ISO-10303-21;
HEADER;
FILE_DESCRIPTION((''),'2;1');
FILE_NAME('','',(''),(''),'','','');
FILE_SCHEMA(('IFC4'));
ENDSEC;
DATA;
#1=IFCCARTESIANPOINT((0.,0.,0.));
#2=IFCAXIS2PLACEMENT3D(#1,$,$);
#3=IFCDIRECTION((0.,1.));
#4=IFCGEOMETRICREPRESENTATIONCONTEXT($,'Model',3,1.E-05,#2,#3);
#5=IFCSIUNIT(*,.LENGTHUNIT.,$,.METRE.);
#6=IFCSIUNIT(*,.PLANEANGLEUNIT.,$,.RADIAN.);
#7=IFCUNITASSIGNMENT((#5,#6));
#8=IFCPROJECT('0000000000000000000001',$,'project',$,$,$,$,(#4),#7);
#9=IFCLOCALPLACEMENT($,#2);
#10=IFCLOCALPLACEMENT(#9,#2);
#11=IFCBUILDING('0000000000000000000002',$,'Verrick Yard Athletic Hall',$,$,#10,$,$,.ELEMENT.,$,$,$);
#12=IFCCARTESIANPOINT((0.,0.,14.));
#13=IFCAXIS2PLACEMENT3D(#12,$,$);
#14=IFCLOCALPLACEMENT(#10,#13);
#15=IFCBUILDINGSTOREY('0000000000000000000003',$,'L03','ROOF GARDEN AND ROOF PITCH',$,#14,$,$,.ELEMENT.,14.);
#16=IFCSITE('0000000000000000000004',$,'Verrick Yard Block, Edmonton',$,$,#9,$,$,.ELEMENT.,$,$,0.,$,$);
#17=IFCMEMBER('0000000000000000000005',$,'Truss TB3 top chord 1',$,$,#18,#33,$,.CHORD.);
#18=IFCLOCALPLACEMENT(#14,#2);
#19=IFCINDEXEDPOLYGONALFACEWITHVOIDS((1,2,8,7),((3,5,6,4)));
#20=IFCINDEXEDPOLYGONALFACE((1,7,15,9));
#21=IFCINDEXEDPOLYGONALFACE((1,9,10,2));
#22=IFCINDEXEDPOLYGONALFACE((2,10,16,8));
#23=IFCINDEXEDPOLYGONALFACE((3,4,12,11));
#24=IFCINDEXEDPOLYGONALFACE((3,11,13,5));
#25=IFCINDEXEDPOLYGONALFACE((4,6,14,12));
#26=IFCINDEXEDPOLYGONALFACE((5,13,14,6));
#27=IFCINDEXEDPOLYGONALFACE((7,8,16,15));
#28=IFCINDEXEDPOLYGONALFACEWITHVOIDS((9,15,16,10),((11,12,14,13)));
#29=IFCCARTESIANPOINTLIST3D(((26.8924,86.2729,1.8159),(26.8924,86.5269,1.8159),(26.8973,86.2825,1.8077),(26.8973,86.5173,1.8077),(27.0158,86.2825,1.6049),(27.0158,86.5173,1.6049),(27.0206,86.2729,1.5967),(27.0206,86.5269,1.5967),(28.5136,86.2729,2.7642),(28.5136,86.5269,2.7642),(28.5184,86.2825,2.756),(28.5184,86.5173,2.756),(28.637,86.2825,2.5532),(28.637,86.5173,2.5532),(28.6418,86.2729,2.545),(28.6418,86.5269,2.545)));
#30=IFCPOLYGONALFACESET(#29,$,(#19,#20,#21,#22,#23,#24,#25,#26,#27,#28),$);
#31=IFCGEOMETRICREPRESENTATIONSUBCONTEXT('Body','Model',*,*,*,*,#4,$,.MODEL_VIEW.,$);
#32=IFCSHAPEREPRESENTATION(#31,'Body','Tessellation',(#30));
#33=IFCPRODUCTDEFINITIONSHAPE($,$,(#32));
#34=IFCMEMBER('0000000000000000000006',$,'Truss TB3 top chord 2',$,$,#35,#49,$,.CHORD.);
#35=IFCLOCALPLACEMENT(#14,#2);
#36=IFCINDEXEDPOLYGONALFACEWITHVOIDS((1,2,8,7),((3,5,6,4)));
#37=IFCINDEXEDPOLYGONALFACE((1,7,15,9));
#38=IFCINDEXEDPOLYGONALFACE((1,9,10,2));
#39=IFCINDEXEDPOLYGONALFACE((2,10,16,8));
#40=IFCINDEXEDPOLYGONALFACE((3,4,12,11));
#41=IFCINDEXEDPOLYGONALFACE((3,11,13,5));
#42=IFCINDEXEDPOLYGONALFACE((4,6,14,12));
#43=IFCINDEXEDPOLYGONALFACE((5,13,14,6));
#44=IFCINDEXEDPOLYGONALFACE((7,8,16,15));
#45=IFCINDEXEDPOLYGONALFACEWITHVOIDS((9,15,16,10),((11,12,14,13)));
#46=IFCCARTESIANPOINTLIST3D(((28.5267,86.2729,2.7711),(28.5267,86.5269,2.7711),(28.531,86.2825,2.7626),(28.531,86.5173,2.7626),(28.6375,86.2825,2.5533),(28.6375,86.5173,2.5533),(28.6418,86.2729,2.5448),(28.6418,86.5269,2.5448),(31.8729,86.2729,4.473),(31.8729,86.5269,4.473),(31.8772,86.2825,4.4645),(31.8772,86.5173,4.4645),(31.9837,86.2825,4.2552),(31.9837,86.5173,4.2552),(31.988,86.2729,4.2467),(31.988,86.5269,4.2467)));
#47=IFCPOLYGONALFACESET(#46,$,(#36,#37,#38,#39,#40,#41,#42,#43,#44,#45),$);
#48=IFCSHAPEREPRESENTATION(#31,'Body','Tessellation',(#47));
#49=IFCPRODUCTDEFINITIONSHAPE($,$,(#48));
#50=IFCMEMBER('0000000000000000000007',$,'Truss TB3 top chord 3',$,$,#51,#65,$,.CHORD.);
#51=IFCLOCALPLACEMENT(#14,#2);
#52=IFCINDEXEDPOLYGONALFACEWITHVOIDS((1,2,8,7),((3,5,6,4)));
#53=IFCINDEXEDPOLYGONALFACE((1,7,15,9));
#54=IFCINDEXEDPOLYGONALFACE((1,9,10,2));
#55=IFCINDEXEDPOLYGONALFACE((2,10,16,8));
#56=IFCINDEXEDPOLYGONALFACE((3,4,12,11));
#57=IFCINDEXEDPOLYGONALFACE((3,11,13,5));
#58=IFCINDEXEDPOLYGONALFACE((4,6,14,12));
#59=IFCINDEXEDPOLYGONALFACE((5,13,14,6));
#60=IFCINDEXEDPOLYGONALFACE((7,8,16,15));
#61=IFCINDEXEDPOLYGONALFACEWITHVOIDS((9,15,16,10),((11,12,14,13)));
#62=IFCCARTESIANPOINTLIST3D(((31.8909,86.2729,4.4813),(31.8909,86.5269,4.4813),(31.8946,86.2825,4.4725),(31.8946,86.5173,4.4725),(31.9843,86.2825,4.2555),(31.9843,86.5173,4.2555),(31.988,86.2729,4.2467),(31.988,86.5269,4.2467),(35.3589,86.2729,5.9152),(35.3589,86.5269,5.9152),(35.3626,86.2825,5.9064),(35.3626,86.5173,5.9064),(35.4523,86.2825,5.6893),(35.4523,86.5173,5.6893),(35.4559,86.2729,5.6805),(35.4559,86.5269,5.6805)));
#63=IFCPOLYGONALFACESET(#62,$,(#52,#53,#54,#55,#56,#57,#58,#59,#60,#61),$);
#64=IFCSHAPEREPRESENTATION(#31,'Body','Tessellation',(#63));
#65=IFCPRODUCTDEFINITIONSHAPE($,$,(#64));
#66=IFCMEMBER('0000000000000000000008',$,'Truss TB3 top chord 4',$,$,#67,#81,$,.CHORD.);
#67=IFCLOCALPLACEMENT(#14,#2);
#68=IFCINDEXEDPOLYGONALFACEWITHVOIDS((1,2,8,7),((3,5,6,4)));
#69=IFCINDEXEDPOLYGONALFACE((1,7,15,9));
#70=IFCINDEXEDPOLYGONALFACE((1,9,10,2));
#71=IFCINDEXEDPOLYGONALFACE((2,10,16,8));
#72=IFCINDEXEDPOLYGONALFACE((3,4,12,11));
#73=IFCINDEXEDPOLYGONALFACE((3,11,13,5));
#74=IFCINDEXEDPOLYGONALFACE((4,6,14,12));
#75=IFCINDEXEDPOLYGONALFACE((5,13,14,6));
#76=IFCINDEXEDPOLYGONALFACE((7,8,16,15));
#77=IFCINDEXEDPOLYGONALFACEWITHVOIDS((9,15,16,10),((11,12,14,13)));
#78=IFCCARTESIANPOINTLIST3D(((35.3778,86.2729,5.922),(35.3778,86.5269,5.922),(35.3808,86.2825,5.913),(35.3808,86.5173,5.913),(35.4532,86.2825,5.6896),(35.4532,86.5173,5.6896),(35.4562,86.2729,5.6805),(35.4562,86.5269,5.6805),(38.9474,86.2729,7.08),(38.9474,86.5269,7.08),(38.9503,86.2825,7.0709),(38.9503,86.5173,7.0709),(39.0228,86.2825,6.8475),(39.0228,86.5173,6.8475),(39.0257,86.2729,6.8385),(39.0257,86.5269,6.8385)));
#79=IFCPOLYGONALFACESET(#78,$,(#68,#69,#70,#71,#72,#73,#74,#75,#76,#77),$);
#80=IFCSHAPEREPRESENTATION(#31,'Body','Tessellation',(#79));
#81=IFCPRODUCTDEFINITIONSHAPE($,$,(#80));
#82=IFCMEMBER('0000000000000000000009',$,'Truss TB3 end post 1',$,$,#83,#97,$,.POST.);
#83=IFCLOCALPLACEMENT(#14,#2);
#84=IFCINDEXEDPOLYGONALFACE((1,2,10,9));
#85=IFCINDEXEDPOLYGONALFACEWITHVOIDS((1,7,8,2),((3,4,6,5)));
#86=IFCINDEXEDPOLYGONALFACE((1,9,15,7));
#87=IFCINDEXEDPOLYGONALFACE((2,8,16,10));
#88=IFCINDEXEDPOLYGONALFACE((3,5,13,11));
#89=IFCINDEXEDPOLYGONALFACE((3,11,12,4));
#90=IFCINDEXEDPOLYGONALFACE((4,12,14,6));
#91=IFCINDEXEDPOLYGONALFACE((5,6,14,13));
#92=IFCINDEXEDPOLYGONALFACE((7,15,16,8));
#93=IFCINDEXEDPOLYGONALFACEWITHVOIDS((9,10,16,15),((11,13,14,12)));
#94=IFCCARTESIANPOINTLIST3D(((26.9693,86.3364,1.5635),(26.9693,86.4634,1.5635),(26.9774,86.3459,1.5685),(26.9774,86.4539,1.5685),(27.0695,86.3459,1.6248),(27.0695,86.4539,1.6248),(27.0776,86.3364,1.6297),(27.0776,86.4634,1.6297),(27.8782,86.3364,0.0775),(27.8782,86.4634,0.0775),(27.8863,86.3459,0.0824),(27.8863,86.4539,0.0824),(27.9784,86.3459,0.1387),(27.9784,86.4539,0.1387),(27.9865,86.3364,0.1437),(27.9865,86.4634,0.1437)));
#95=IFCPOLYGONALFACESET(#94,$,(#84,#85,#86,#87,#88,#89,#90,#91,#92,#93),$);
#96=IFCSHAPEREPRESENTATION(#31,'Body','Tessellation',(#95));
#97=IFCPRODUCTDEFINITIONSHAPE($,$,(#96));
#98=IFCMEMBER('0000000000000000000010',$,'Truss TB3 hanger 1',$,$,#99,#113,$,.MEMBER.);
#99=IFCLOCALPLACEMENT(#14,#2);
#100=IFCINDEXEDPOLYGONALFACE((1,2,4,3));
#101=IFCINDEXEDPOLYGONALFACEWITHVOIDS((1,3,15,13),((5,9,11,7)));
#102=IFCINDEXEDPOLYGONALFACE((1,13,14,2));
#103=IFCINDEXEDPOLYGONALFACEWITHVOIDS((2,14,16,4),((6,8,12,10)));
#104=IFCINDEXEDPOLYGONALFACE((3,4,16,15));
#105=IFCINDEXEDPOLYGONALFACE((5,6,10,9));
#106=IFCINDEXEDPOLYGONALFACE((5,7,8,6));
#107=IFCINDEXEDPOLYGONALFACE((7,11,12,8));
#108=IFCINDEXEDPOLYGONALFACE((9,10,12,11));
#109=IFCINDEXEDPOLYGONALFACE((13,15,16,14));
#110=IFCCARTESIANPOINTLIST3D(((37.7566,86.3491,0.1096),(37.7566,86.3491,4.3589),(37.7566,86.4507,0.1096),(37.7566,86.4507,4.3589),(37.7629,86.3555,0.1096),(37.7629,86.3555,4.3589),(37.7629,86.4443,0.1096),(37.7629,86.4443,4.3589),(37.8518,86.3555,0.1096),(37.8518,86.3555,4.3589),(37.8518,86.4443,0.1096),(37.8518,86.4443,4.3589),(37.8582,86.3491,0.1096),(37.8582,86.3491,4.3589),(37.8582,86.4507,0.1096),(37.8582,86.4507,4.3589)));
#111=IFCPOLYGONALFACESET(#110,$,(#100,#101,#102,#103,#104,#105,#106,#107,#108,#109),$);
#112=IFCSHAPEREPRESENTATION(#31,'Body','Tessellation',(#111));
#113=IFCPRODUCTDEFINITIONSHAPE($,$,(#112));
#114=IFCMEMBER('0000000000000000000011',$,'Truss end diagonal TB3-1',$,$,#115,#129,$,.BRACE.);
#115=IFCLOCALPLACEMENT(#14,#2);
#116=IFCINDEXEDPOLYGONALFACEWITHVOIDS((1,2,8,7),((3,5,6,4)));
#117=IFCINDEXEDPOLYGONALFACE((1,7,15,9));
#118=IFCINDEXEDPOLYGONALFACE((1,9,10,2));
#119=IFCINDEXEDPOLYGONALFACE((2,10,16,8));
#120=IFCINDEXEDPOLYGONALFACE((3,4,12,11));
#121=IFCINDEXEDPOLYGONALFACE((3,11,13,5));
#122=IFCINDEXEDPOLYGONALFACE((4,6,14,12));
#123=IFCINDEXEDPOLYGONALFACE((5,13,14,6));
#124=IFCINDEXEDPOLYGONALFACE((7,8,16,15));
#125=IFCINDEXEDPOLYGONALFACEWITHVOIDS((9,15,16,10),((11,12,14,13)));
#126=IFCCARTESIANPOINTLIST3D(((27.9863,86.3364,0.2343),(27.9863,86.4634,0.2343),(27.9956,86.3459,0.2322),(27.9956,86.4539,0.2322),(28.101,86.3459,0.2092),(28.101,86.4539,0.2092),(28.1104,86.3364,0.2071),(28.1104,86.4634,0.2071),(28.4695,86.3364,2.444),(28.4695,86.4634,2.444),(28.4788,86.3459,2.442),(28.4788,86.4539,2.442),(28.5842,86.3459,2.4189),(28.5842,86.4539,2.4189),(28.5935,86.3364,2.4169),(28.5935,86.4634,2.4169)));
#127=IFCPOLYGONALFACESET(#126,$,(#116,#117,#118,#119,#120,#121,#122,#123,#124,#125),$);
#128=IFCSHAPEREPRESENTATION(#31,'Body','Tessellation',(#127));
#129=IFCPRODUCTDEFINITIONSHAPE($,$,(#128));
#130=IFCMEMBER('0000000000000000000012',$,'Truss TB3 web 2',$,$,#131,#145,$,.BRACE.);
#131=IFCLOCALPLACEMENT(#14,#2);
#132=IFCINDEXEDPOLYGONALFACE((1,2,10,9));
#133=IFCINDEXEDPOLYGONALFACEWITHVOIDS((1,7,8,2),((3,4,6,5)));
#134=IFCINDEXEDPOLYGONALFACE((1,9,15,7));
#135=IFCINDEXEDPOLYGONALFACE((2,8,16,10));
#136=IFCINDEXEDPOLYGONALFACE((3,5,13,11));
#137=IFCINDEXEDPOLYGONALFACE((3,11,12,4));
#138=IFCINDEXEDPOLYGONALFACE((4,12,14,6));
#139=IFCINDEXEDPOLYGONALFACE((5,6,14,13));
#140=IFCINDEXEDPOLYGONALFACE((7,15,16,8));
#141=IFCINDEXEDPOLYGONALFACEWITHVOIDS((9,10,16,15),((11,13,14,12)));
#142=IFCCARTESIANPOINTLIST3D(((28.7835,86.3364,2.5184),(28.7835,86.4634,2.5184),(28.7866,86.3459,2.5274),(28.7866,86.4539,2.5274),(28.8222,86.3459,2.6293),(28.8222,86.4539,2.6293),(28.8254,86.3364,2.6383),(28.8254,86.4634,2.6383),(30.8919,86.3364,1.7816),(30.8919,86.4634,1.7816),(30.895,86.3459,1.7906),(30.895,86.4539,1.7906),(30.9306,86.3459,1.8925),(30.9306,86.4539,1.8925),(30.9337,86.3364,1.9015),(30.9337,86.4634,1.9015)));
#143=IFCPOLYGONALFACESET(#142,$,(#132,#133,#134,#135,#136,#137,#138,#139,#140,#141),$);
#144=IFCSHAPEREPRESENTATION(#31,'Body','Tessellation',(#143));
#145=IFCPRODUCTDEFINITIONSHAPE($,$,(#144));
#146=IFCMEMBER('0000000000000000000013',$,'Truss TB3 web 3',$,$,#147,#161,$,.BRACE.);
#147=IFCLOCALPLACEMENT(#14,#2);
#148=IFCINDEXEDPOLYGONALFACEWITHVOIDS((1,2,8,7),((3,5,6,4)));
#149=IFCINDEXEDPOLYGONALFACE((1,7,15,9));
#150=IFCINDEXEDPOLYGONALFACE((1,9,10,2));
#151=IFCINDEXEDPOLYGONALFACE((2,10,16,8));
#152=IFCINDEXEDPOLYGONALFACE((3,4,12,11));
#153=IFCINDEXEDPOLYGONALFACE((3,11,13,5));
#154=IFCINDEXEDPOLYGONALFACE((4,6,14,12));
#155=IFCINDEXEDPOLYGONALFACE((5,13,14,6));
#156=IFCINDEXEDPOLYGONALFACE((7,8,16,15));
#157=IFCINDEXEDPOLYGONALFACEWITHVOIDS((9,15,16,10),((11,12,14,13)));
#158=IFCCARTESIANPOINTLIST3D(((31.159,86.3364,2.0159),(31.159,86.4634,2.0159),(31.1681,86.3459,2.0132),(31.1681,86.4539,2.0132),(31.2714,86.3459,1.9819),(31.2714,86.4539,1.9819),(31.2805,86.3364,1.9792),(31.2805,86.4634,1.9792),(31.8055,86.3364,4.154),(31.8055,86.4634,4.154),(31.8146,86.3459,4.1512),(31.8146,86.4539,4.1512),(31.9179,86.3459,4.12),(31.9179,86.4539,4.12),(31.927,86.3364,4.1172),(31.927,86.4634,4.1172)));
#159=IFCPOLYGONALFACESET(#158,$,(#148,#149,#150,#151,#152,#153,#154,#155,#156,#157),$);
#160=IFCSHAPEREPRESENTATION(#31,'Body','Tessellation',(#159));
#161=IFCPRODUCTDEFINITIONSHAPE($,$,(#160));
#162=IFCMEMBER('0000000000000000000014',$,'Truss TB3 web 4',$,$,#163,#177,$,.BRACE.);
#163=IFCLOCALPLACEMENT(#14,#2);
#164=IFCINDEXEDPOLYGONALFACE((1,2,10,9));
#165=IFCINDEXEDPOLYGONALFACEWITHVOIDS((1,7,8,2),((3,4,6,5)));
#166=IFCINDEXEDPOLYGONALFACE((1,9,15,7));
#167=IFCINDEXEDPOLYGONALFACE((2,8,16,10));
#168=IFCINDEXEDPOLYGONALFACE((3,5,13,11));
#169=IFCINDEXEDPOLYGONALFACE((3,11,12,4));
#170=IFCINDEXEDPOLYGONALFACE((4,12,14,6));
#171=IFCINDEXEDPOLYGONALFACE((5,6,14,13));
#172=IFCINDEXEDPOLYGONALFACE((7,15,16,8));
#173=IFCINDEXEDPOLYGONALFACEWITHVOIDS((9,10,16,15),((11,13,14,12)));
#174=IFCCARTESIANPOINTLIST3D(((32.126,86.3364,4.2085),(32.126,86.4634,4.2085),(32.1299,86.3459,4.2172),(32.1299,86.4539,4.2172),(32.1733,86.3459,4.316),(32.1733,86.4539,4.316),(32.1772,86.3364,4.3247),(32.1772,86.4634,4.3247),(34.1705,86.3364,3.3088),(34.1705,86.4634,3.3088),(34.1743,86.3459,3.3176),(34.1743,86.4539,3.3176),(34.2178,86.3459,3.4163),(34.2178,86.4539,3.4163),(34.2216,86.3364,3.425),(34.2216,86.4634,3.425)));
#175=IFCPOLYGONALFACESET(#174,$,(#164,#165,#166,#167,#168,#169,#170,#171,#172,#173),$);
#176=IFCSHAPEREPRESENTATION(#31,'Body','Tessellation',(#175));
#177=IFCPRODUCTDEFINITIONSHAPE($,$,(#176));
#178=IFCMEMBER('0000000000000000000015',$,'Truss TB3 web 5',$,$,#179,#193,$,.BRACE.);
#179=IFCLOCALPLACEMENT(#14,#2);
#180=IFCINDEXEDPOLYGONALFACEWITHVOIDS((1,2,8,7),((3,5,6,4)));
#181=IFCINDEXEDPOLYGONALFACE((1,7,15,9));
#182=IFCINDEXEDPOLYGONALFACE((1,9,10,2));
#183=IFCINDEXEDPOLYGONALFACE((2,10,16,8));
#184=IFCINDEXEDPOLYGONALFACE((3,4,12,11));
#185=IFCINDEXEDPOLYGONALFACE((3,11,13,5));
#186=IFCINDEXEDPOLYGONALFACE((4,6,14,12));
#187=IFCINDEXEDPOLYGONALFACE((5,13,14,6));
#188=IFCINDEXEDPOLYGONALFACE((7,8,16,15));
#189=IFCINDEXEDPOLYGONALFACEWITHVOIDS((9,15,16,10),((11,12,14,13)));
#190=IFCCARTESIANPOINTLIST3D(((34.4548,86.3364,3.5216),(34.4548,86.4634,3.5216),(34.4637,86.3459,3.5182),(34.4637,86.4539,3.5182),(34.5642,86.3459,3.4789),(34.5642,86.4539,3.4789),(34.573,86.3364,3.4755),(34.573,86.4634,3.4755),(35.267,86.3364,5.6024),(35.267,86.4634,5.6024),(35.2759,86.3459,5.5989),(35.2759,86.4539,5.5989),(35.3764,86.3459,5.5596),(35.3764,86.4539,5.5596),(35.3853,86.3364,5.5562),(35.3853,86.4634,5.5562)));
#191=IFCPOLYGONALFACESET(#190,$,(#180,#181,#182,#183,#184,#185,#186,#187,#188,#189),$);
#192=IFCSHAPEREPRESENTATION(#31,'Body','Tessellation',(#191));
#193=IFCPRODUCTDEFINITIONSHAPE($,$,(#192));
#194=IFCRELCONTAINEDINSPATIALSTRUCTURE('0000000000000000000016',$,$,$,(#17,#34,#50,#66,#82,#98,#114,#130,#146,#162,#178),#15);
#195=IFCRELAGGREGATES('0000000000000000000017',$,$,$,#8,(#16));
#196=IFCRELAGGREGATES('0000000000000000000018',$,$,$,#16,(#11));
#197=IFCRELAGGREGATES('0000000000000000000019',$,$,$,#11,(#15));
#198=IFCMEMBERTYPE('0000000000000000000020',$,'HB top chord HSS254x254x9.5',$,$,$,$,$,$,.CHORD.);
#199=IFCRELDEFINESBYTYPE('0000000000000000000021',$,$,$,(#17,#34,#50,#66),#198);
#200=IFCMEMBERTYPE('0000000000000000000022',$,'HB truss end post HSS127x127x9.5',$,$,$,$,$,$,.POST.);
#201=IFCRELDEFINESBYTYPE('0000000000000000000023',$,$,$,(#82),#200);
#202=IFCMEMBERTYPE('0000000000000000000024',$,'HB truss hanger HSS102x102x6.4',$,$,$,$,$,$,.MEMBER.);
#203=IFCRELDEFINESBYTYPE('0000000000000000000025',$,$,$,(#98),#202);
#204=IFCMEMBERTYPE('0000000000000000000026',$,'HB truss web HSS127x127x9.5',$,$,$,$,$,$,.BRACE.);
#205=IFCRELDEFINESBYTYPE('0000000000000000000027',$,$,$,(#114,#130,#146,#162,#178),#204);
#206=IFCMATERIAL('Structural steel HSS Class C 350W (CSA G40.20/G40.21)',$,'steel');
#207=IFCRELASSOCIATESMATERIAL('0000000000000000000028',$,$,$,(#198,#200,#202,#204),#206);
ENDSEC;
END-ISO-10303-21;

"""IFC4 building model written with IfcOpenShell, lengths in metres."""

from ifc_helpers import new_model, si_unit, direction, frame, origin, origin_2d, place, context, subcontext, project, spatial, hollow_rectangle, extrude, material, material_profile, profile_set, type_object, element, save


model = new_model("IFC4")

# Units and contexts
model_context = context("Model", 3, precision=1e-05, world=origin(), true_north=direction((0.0, 1.0)))
body_context = subcontext(model_context, "Body", "Model", "MODEL_VIEW")
ifc_project = project(units=[si_unit("LENGTHUNIT", "METRE"), si_unit("PLANEANGLEUNIT", "RADIAN")], contexts=[model_context])

# Site, building, storey
site_placement = place(None, origin())
site = spatial("IfcSite", under=ifc_project, at=site_placement, Name="Verrick Yard Block, Edmonton", CompositionType="ELEMENT", RefElevation=0.0)
building_placement = place(site_placement, origin())
building = spatial("IfcBuilding", under=site, at=building_placement, Name="Verrick Yard Athletic Hall", CompositionType="ELEMENT")
storey_placement = place(building_placement, frame((0.0, 0.0, 14.0)))
storey = spatial("IfcBuildingStorey", under=building, at=storey_placement, Name="L03", Description="ROOF GARDEN AND ROOF PITCH", CompositionType="ELEMENT", Elevation=14.0)

# Members
ifc_material_1 = material(Name="Structural steel HSS Class C 350W (CSA G40.20/G40.21)", Category="steel")
ifc_material_profile_1 = material_profile(ifc_material_1, hollow_rectangle(XDim=0.2539, YDim=0.2539, WallThickness=0.0095, at=origin_2d()), Name="HSS254x254x9.5")
ifc_profile_set_1 = profile_set([ifc_material_profile_1], Name="Structural steel HSS Class C 350W (CSA G40.20/G40.21)")
member_type_1 = type_object("IfcMemberType", Name="HB top chord HSS254x254x9.5", PredefinedType="CHORD", material=ifc_profile_set_1)
member_1_placement = place(storey_placement, frame((26.9565, 86.3999, 1.7063), z_axis=(0.863175, 0.0, 0.504905), x_axis=(0.0, 1.0, 0.0)))
element("IfcMember", 1, at=member_1_placement, inside=storey, type_object=member_type_1, Name="Truss TB3 top chord 1", PredefinedType="CHORD", context=body_context, shape_type="SweptSolid", body=[
    extrude(hollow_rectangle(XDim=0.2539, YDim=0.2539, WallThickness=0.0095, at=origin_2d()), origin(), (0.0, 0.0, 1.0), 1.8782),
])
member_2_placement = place(storey_placement, frame((28.5842, 86.3999, 2.658), z_axis=(0.891337, 0.0, 0.453342), x_axis=(0.0, 1.0, 0.0)))
element("IfcMember", 2, at=member_2_placement, inside=storey, type_object=member_type_1, Name="Truss TB3 top chord 2", PredefinedType="CHORD", context=body_context, shape_type="SweptSolid", body=[
    extrude(hollow_rectangle(XDim=0.2539, YDim=0.2539, WallThickness=0.0095, at=origin_2d()), origin(), (0.0, 0.0, 1.0), 3.7542),
])
for number, where, z_axis, x_axis, name in (
    (3, (31.9395, 86.3999, 4.364), (0.92413, 0.0, 0.382078), (0.0, 1.0, 0.0), "Truss TB3 top chord 3"),
    (4, (35.417, 86.3999, 5.8013), (0.951203, 0.0, 0.308567), (0.0, 1.0, 0.0), "Truss TB3 top chord 4"),
):
    element("IfcMember", number, at=place(storey_placement, frame(where, z_axis=z_axis, x_axis=x_axis)), inside=storey, type_object=member_type_1, Name=name, PredefinedType="CHORD", context=body_context, shape_type="SweptSolid", body=[
        extrude(hollow_rectangle(XDim=0.2539, YDim=0.2539, WallThickness=0.0095, at=origin_2d()), origin(), (0.0, 0.0, 1.0), 3.7527),
    ])
ifc_material_profile_2 = material_profile(ifc_material_1, hollow_rectangle(XDim=0.127, YDim=0.127, WallThickness=0.0095, at=origin_2d()), Name="HSS127x127x9.5")
ifc_profile_set_2 = profile_set([ifc_material_profile_2], Name="Structural steel HSS Class C 350W (CSA G40.20/G40.21)")
member_type_2 = type_object("IfcMemberType", Name="HB truss end post HSS127x127x9.5", PredefinedType="POST", material=ifc_profile_set_2)
member_3_placement = place(storey_placement, frame((27.9324, 86.3999, 0.1106), z_axis=(-0.521773, 0.0, 0.853084), x_axis=(0.0, -1.0, 0.0)))
element("IfcMember", 5, at=member_3_placement, inside=storey, type_object=member_type_2, Name="Truss TB3 end post 1", PredefinedType="POST", context=body_context, shape_type="SweptSolid", body=[
    extrude(hollow_rectangle(XDim=0.127, YDim=0.127, WallThickness=0.0095, at=origin_2d()), origin(), (0.0, 0.0, 1.0), 1.7419),
])
ifc_material_profile_3 = material_profile(ifc_material_1, hollow_rectangle(XDim=0.1016, YDim=0.1016, WallThickness=0.0063, at=origin_2d()), Name="HSS102x102x6.4")
ifc_profile_set_3 = profile_set([ifc_material_profile_3], Name="Structural steel HSS Class C 350W (CSA G40.20/G40.21)")
member_type_3 = type_object("IfcMemberType", Name="HB truss hanger HSS102x102x6.4", PredefinedType="MEMBER", material=ifc_profile_set_3)
member_4_placement = place(storey_placement, frame((37.8074, 86.3999, 4.3589), z_axis=(0.0, 0.0, -1.0), x_axis=(0.0, -1.0, 0.0)))
element("IfcMember", 6, at=member_4_placement, inside=storey, type_object=member_type_3, Name="Truss TB3 hanger 1", PredefinedType="MEMBER", context=body_context, shape_type="SweptSolid", body=[
    extrude(hollow_rectangle(XDim=0.1016, YDim=0.1016, WallThickness=0.0063, at=origin_2d()), origin(), (0.0, 0.0, 1.0), 4.2493),
])
ifc_material_profile_4 = material_profile(ifc_material_1, hollow_rectangle(XDim=0.127, YDim=0.127, WallThickness=0.0095, at=origin_2d()), Name="HSS127x127x9.5")
ifc_profile_set_4 = profile_set([ifc_material_profile_4], Name="Structural steel HSS Class C 350W (CSA G40.20/G40.21)")
member_type_4 = type_object("IfcMemberType", Name="HB truss web HSS127x127x9.5", PredefinedType="BRACE", material=ifc_profile_set_4)
member_5_placement = place(storey_placement, frame((28.0483, 86.3999, 0.2207), z_axis=(0.213604, 0.0, 0.97692), x_axis=(0.0, 1.0, 0.0)))
element("IfcMember", 7, at=member_5_placement, inside=storey, type_object=member_type_4, Name="Truss end diagonal TB3-1", PredefinedType="BRACE", context=body_context, shape_type="SweptSolid", body=[
    extrude(hollow_rectangle(XDim=0.127, YDim=0.127, WallThickness=0.0095, at=origin_2d()), origin(), (0.0, 0.0, 1.0), 2.262),
])
member_6_placement = place(storey_placement, frame((28.8044, 86.3999, 2.5784), z_axis=(0.944015, 0.0, -0.329902), x_axis=(0.0, 1.0, 0.0)))
element("IfcMember", 8, at=member_6_placement, inside=storey, type_object=member_type_4, Name="Truss TB3 web 2", PredefinedType="BRACE", context=body_context, shape_type="SweptSolid", body=[
    extrude(hollow_rectangle(XDim=0.127, YDim=0.127, WallThickness=0.0095, at=origin_2d()), origin(), (0.0, 0.0, 1.0), 2.2334),
])
for number, where, z_axis, x_axis, name in (
    (9, (31.2197, 86.3999, 1.9976), (0.289443, 0.0, 0.957195), (0.0, 1.0, 0.0), "Truss TB3 web 3"),
    (10, (32.1516, 86.3999, 4.2666), (0.915297, 0.0, -0.402779), (0.0, 1.0, 0.0), "Truss TB3 web 4"),
    (11, (34.5139, 86.3999, 3.4985), (0.363633, 0.0, 0.931542), (0.0, 1.0, 0.0), "Truss TB3 web 5"),
):
    element("IfcMember", number, at=place(storey_placement, frame(where, z_axis=z_axis, x_axis=x_axis)), inside=storey, type_object=member_type_4, Name=name, PredefinedType="BRACE", context=body_context, shape_type="SweptSolid", body=[
        extrude(hollow_rectangle(XDim=0.127, YDim=0.127, WallThickness=0.0095, at=origin_2d()), origin(), (0.0, 0.0, 1.0), 2.2336),
    ])

save(model, "model.ifc")
